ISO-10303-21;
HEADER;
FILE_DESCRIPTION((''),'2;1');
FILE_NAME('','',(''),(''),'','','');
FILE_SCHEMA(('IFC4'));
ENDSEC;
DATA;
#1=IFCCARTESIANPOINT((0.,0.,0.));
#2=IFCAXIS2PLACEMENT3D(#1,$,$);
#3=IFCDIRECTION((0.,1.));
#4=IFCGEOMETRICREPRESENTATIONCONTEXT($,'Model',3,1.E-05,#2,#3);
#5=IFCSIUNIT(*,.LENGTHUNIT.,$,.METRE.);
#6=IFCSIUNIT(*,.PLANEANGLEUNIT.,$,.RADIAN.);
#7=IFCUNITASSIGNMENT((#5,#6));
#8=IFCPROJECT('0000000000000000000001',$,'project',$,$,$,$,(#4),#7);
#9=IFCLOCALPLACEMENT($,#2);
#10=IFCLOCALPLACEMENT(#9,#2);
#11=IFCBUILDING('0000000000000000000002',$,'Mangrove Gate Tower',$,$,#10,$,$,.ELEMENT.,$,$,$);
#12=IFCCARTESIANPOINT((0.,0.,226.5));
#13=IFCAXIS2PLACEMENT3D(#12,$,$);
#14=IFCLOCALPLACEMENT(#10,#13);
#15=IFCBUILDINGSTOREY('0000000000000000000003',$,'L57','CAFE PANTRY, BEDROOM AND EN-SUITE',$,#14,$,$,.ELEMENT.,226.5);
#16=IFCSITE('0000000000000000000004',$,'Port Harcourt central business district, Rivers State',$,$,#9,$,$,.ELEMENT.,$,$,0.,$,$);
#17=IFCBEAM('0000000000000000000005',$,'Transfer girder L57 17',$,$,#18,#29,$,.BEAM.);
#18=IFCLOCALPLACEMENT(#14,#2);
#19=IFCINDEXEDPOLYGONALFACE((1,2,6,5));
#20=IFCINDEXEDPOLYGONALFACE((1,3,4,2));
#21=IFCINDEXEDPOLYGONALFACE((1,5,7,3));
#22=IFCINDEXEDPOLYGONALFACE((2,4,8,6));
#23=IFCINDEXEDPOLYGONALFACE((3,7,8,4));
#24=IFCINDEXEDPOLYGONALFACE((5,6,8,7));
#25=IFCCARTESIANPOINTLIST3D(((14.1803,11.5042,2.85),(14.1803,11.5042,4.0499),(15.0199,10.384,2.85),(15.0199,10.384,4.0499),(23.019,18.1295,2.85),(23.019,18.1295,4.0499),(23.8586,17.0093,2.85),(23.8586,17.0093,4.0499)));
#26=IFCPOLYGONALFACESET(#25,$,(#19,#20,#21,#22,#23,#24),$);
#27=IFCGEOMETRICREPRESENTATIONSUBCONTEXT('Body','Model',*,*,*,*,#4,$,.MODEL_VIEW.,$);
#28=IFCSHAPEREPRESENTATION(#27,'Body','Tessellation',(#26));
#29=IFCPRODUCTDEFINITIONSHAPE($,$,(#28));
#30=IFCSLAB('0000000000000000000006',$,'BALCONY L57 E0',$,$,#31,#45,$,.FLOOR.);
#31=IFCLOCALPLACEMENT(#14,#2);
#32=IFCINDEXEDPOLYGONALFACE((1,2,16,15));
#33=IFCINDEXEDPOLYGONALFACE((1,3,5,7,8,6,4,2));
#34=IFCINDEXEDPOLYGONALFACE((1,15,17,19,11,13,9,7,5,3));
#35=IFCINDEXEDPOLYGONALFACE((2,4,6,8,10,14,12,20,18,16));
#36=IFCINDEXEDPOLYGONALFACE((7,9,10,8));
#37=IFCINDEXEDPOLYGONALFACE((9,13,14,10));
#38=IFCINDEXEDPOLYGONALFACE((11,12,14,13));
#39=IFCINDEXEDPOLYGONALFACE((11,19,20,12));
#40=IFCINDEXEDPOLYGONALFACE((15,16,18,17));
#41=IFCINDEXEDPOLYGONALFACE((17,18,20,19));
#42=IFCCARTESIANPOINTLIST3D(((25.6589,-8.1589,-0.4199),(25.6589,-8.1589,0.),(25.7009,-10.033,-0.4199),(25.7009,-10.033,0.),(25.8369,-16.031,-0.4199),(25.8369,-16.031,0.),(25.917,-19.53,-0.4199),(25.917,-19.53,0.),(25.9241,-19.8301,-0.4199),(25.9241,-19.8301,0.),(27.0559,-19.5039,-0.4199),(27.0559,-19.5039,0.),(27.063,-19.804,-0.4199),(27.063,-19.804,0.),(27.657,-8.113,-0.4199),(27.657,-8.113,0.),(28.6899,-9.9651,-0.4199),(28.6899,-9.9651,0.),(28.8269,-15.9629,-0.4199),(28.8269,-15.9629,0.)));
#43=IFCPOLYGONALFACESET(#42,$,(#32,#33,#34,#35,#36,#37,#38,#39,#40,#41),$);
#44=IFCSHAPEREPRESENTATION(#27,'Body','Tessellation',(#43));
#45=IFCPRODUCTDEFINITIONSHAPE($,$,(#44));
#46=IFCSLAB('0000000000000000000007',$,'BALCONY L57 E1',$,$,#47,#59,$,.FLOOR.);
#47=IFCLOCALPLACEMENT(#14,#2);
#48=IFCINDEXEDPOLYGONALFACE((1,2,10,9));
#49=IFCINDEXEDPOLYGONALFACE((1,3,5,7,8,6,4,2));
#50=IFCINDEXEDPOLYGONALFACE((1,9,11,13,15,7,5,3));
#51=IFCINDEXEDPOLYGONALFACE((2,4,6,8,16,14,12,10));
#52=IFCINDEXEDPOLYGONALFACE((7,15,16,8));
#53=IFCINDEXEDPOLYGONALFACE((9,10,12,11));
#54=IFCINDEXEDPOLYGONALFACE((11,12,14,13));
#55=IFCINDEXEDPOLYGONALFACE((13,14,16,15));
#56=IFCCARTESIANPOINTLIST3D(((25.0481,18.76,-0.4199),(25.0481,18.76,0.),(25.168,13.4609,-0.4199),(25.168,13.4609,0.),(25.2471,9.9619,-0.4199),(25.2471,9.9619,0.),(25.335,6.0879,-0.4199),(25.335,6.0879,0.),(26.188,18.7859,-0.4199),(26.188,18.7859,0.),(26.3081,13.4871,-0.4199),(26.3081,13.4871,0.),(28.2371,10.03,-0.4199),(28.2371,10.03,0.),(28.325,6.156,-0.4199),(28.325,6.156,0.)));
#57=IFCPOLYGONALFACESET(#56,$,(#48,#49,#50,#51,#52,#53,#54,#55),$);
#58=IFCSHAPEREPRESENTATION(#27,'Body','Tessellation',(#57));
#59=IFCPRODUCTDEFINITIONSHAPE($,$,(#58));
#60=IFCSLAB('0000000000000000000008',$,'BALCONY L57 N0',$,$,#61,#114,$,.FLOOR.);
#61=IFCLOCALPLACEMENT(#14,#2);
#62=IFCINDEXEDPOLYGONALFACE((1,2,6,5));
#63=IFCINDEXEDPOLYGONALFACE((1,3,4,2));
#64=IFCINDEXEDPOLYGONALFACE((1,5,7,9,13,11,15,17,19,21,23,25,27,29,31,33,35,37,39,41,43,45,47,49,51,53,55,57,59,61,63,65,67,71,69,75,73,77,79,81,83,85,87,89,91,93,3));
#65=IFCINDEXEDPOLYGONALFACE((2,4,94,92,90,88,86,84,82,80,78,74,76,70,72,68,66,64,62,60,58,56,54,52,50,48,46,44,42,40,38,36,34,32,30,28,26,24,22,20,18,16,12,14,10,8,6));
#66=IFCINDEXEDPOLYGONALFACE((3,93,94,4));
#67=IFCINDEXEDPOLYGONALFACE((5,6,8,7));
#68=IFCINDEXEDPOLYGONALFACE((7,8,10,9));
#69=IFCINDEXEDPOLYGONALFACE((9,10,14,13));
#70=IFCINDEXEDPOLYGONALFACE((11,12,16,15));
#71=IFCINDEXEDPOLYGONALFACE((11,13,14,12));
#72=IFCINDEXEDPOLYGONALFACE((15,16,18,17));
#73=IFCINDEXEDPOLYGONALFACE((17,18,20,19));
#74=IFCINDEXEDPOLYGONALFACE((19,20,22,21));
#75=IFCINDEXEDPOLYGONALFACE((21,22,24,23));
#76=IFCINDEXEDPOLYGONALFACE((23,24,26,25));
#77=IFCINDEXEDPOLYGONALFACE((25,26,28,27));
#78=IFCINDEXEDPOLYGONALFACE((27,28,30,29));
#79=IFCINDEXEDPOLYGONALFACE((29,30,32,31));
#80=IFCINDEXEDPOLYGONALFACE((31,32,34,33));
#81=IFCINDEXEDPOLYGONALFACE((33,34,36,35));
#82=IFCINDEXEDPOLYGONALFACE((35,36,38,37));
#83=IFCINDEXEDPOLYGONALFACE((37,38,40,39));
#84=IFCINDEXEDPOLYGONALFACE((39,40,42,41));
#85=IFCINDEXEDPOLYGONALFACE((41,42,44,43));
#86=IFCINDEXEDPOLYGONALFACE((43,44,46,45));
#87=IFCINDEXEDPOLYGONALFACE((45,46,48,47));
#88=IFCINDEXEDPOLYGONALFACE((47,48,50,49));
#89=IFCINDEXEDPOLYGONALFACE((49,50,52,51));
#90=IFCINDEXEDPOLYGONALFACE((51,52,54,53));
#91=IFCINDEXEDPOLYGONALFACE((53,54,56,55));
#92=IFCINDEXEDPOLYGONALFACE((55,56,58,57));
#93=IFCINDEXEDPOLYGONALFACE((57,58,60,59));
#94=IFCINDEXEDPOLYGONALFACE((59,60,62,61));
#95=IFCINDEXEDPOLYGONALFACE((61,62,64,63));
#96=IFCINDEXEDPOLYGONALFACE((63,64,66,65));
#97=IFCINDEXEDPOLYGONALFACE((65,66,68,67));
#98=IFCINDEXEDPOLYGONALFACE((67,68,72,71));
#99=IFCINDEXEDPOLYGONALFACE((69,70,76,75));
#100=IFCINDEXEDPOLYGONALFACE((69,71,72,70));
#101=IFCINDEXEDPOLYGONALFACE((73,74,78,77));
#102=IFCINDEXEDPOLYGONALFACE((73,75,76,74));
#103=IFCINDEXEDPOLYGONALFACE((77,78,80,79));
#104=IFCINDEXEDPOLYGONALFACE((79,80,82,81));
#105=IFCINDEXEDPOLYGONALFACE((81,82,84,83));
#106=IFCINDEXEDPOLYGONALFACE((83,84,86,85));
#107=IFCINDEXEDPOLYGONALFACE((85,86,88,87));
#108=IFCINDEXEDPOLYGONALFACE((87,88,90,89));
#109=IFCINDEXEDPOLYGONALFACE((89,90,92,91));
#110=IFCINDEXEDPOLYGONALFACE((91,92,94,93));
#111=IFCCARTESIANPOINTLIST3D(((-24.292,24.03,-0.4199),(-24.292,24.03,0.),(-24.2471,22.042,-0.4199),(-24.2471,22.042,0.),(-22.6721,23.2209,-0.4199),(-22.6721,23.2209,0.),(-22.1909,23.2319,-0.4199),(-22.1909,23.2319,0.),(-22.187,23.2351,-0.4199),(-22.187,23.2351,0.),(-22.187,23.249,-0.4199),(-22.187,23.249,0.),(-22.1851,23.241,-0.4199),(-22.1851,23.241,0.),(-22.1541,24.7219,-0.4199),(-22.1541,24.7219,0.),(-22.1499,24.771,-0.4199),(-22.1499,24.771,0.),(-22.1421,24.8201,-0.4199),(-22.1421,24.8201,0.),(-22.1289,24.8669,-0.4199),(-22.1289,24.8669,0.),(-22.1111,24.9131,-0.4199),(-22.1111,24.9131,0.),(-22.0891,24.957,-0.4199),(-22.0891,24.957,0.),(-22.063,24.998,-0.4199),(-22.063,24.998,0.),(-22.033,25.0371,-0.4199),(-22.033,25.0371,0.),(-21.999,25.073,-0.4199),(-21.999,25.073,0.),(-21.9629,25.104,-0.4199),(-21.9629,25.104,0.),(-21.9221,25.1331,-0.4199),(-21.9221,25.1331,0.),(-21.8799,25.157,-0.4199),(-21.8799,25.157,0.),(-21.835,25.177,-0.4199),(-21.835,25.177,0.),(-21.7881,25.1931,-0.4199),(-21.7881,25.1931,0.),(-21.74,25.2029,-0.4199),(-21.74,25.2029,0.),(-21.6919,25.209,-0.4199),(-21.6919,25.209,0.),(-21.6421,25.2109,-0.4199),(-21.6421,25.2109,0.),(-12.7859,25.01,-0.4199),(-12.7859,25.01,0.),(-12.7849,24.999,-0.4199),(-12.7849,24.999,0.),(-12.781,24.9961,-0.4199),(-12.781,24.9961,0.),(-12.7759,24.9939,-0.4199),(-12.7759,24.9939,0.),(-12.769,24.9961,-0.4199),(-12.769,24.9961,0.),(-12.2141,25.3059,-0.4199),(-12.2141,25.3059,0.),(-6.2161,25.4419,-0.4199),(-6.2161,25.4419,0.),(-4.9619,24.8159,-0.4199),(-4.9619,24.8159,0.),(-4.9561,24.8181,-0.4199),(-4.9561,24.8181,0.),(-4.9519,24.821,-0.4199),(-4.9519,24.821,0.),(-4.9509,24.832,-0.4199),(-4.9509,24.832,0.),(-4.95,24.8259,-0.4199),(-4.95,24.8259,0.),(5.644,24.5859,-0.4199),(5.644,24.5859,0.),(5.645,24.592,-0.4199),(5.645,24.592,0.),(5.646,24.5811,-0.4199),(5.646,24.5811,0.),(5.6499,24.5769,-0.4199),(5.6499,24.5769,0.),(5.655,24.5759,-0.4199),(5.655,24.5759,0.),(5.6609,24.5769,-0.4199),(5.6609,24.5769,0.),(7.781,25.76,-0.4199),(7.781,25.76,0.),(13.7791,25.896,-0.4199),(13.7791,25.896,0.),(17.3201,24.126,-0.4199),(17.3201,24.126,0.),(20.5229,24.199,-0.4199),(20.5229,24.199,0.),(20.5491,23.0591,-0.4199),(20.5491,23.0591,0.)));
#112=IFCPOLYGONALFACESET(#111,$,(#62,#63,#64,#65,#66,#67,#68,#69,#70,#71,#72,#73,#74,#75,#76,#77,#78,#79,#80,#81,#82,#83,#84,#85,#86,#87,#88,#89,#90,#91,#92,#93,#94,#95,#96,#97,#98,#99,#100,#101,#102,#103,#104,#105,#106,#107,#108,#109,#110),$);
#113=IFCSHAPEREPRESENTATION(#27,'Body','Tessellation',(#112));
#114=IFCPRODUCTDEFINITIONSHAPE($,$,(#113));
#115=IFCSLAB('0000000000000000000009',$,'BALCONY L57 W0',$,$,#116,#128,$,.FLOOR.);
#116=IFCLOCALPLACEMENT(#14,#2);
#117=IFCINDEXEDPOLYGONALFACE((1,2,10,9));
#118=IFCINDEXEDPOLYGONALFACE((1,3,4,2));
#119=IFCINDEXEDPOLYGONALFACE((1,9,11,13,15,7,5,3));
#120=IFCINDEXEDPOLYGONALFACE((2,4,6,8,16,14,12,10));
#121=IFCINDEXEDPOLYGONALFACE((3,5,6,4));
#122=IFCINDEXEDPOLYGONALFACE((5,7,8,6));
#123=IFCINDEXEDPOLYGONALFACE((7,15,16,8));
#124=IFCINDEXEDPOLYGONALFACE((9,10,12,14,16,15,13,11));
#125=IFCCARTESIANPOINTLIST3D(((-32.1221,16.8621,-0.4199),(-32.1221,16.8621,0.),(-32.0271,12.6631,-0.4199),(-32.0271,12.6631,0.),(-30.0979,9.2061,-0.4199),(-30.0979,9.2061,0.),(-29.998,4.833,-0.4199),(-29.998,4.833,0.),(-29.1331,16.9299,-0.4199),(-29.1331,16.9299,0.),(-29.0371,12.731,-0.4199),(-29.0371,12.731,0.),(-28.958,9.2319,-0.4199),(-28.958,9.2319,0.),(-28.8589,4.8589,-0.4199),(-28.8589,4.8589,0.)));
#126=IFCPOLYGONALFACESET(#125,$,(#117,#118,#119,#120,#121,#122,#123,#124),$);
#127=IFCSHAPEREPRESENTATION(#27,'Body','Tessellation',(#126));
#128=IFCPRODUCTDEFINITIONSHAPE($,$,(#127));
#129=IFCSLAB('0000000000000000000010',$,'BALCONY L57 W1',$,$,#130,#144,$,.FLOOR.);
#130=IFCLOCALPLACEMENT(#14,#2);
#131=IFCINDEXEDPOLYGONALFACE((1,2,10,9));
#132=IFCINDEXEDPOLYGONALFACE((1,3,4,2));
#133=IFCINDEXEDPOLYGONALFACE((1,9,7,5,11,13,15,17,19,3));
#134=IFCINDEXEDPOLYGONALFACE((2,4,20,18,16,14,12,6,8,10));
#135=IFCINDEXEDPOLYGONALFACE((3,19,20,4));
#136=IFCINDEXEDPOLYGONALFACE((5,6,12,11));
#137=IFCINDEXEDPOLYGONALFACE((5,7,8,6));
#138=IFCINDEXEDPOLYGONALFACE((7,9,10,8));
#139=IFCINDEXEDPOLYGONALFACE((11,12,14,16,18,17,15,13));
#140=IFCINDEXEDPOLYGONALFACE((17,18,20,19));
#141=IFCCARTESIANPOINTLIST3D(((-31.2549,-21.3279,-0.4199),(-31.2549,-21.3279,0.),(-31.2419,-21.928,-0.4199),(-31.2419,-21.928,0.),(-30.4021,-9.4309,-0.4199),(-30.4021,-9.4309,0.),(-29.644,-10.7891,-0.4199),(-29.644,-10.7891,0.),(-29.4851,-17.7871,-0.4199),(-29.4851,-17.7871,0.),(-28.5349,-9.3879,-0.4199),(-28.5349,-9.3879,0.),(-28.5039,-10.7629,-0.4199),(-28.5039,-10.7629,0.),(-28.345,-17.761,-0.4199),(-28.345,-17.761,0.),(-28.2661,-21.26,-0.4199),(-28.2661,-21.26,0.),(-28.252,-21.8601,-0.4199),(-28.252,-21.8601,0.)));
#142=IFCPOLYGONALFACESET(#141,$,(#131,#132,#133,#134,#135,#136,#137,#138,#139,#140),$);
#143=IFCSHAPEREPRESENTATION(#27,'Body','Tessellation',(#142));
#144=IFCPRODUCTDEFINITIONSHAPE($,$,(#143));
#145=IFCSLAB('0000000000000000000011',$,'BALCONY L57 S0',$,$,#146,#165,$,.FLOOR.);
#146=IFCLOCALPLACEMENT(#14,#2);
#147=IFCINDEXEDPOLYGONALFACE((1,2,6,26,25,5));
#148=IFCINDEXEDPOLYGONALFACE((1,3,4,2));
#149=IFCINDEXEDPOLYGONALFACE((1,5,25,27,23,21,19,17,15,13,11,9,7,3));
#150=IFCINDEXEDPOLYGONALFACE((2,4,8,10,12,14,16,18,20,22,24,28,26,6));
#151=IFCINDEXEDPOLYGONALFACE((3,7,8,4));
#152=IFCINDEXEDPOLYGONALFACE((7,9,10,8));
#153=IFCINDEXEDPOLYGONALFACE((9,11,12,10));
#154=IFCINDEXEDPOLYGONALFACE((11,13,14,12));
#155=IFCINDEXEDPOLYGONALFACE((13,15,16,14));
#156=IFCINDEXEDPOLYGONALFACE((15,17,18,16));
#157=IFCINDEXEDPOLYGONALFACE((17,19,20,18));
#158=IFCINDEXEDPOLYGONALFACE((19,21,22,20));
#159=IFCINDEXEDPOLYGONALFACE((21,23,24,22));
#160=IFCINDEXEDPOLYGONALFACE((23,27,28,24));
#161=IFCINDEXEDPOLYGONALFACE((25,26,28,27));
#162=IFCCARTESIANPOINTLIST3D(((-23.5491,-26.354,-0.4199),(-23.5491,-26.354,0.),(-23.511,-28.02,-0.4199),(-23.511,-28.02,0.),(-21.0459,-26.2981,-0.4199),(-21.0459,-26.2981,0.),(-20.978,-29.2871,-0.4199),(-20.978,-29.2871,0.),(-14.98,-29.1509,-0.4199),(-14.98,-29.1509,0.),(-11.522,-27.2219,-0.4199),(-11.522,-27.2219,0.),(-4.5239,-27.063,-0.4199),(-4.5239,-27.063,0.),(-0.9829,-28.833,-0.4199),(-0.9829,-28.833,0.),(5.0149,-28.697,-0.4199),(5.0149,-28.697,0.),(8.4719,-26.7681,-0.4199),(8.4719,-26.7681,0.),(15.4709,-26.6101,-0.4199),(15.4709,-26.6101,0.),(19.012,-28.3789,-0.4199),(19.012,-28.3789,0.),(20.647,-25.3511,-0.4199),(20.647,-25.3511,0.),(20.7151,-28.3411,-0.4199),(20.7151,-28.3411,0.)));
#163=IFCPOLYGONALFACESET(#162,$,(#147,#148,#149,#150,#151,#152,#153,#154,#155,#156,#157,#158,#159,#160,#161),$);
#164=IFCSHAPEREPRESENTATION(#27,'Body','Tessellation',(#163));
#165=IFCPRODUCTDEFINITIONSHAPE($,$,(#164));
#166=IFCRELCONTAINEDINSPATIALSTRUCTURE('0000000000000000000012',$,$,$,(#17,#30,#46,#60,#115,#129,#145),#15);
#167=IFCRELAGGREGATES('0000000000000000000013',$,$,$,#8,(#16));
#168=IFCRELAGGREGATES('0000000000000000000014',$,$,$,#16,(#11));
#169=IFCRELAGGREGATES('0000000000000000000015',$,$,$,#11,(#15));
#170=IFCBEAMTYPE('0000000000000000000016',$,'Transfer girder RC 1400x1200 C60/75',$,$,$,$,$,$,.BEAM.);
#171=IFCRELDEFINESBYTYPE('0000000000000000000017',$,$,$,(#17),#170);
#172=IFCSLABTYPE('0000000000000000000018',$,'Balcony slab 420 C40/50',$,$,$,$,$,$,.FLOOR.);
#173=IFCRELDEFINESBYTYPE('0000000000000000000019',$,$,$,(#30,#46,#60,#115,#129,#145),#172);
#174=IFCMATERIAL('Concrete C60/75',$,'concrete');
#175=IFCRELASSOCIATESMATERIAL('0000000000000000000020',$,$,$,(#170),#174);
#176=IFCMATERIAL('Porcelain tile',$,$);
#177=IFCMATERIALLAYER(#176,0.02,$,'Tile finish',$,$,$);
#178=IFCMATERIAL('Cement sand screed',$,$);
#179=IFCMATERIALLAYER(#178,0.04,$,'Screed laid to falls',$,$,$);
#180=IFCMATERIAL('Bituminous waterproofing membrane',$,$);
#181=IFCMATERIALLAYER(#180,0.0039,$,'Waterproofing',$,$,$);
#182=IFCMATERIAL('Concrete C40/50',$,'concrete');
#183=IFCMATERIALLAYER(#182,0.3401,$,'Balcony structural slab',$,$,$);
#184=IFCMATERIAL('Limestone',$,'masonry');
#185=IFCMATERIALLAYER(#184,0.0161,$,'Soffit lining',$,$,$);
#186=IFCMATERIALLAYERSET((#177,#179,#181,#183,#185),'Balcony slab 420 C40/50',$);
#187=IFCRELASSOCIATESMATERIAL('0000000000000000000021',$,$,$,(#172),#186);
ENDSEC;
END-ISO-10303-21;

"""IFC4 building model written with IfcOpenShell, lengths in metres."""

from ifc_helpers import new_model, si_unit, direction, frame, origin, origin_2d, place, context, subcontext, project, spatial, polyline, rectangle, outline, extrude, material, layer, layer_set, material_profile, profile_set, type_object, element, save


model = new_model("IFC4")

# Units and contexts
model_context = context("Model", 3, precision=1e-05, world=origin(), true_north=direction((0.0, 1.0)))
body_context = subcontext(model_context, "Body", "Model", "MODEL_VIEW")
ifc_project = project(units=[si_unit("LENGTHUNIT", "METRE"), si_unit("PLANEANGLEUNIT", "RADIAN")], contexts=[model_context])

# Site, building, storey
site_placement = place(None, origin())
site = spatial("IfcSite", under=ifc_project, at=site_placement, Name="Port Harcourt central business district, Rivers State", CompositionType="ELEMENT", RefElevation=0.0)
building_placement = place(site_placement, origin())
building = spatial("IfcBuilding", under=site, at=building_placement, Name="Mangrove Gate Tower", CompositionType="ELEMENT")
storey_placement = place(building_placement, frame((0.0, 0.0, 226.5)))
storey = spatial("IfcBuildingStorey", under=building, at=storey_placement, Name="L57", Description="CAFE PANTRY, BEDROOM AND EN-SUITE", CompositionType="ELEMENT", Elevation=226.5)

# Beam
ifc_material_1 = material(Name="Concrete C60/75", Category="concrete")
ifc_material_profile = material_profile(ifc_material_1, rectangle(XDim=1.3999, YDim=1.2, at=origin_2d()))
ifc_profile_set = profile_set([ifc_material_profile], Name="Concrete C60/75")
beam_type = type_object("IfcBeamType", Name="Transfer girder RC 1400x1200 C60/75", PredefinedType="BEAM", material=ifc_profile_set)
beam_placement = place(storey_placement, frame((14.6001, 10.9441, 3.45), z_axis=(0.800162, 0.599784, 0.0), x_axis=(-0.599784, 0.800162, 0.0)))
element("IfcBeam", 1, at=beam_placement, inside=storey, type_object=beam_type, Name="Transfer girder L57 17", PredefinedType="BEAM", context=body_context, shape_type="SweptSolid", body=[
    extrude(rectangle(XDim=1.3999, YDim=1.2, at=origin_2d()), origin(), (0.0, 0.0, 1.0), 11.0461),
])

# Slabs
ifc_material_2 = material(Name="Porcelain tile")
ifc_layer_1 = layer(ifc_material_2, 0.02, Name="Tile finish")
ifc_material_3 = material(Name="Cement sand screed")
ifc_layer_2 = layer(ifc_material_3, 0.04, Name="Screed laid to falls")
ifc_material_4 = material(Name="Bituminous waterproofing membrane")
ifc_layer_3 = layer(ifc_material_4, 0.0039, Name="Waterproofing")
ifc_material_5 = material(Name="Concrete C40/50", Category="concrete")
ifc_layer_4 = layer(ifc_material_5, 0.3401, Name="Balcony structural slab")
ifc_material_6 = material(Name="Limestone", Category="masonry")
ifc_layer_5 = layer(ifc_material_6, 0.0161, Name="Soffit lining")
ifc_layer_set_1 = layer_set([ifc_layer_1, ifc_layer_2, ifc_layer_3, ifc_layer_4, ifc_layer_5], Name="Balcony slab 420 C40/50")
slab_type_1 = type_object("IfcSlabType", Name="Balcony slab 420 C40/50", PredefinedType="FLOOR", material=ifc_layer_set_1)
slab_1_placement = place(storey_placement, frame((0.0, 0.0, -0.4199)))
element("IfcSlab", 2, at=slab_1_placement, inside=storey, type_object=slab_type_1, Name="BALCONY L57 E0", PredefinedType="FLOOR", context=body_context, shape_type="SweptSolid", body=[
    extrude(outline(polyline([(27.063, -19.804), (27.0559, -19.5039), (28.8269, -15.9629), (28.6899, -9.9651), (27.657, -8.113), (25.6589, -8.1589), (25.7009, -10.033), (25.8369, -16.031), (25.917, -19.53), (25.9241, -19.8301), (27.063, -19.804)])), origin(), (0.0, 0.0, 1.0), 0.4199),
])
slab_2_placement = place(storey_placement, frame((0.0, 0.0, -0.4199)))
element("IfcSlab", 3, at=slab_2_placement, inside=storey, type_object=slab_type_1, Name="BALCONY L57 E1", PredefinedType="FLOOR", context=body_context, shape_type="SweptSolid", body=[
    extrude(outline(polyline([(28.325, 6.156), (28.2371, 10.03), (26.3081, 13.4871), (26.188, 18.7859), (25.0481, 18.76), (25.168, 13.4609), (25.2471, 9.9619), (25.335, 6.0879), (28.325, 6.156)])), origin(), (0.0, 0.0, 1.0), 0.4199),
])
slab_3_placement = place(storey_placement, frame((0.0, 0.0, -0.4199)))
element("IfcSlab", 4, at=slab_3_placement, inside=storey, type_object=slab_type_1, Name="BALCONY L57 N0", PredefinedType="FLOOR", context=body_context, shape_type="SweptSolid", body=[
    extrude(outline(polyline([(-24.2471, 22.042), (20.5491, 23.0591), (20.5229, 24.199), (17.3201, 24.126), (13.7791, 25.896), (7.781, 25.76), (5.6609, 24.5769), (5.655, 24.5759), (5.6499, 24.5769), (5.646, 24.5811), (5.644, 24.5859), (5.645, 24.592), (-4.9509, 24.832), (-4.95, 24.8259), (-4.9519, 24.821), (-4.9561, 24.8181), (-4.9619, 24.8159), (-6.2161, 25.4419), (-12.2141, 25.3059), (-12.769, 24.9961), (-12.7759, 24.9939), (-12.781, 24.9961), (-12.7849, 24.999), (-12.7859, 25.01), (-21.6421, 25.2109), (-21.6919, 25.209), (-21.74, 25.2029), (-21.7881, 25.1931), (-21.835, 25.177), (-21.8799, 25.157), (-21.9221, 25.1331), (-21.9629, 25.104), (-21.999, 25.073), (-22.033, 25.0371), (-22.063, 24.998), (-22.0891, 24.957), (-22.1111, 24.9131), (-22.1289, 24.8669), (-22.1421, 24.8201), (-22.1499, 24.771), (-22.1541, 24.7219), (-22.187, 23.249), (-22.1851, 23.241), (-22.187, 23.2351), (-22.1909, 23.2319), (-22.6721, 23.2209), (-24.292, 24.03), (-24.2471, 22.042)])), origin(), (0.0, 0.0, 1.0), 0.4199),
])
slab_4_placement = place(storey_placement, frame((0.0, 0.0, -0.4199)))
element("IfcSlab", 5, at=slab_4_placement, inside=storey, type_object=slab_type_1, Name="BALCONY L57 W0", PredefinedType="FLOOR", context=body_context, shape_type="SweptSolid", body=[
    extrude(outline(polyline([(-32.1221, 16.8621), (-32.0271, 12.6631), (-30.0979, 9.2061), (-29.998, 4.833), (-28.8589, 4.8589), (-28.958, 9.2319), (-29.0371, 12.731), (-29.1331, 16.9299), (-32.1221, 16.8621)])), origin(), (0.0, 0.0, 1.0), 0.4199),
])
slab_5_placement = place(storey_placement, frame((0.0, 0.0, -0.4199)))
element("IfcSlab", 6, at=slab_5_placement, inside=storey, type_object=slab_type_1, Name="BALCONY L57 W1", PredefinedType="FLOOR", context=body_context, shape_type="SweptSolid", body=[
    extrude(outline(polyline([(-30.4021, -9.4309), (-29.644, -10.7891), (-29.4851, -17.7871), (-31.2549, -21.3279), (-31.2419, -21.928), (-28.252, -21.8601), (-28.2661, -21.26), (-28.345, -17.761), (-28.5039, -10.7629), (-28.5349, -9.3879), (-30.4021, -9.4309)])), origin(), (0.0, 0.0, 1.0), 0.4199),
])
slab_6_placement = place(storey_placement, frame((0.0, 0.0, -0.4199)))
element("IfcSlab", 7, at=slab_6_placement, inside=storey, type_object=slab_type_1, Name="BALCONY L57 S0", PredefinedType="FLOOR", context=body_context, shape_type="SweptSolid", body=[
    extrude(outline(polyline([(-23.5491, -26.354), (-23.511, -28.02), (-20.978, -29.2871), (-14.98, -29.1509), (-11.522, -27.2219), (-4.5239, -27.063), (-0.9829, -28.833), (5.0149, -28.697), (8.4719, -26.7681), (15.4709, -26.6101), (19.012, -28.3789), (20.7151, -28.3411), (20.647, -25.3511), (-21.0459, -26.2981), (-23.5491, -26.354)])), origin(), (0.0, 0.0, 1.0), 0.4199),
])

save(model, "model.ifc")
